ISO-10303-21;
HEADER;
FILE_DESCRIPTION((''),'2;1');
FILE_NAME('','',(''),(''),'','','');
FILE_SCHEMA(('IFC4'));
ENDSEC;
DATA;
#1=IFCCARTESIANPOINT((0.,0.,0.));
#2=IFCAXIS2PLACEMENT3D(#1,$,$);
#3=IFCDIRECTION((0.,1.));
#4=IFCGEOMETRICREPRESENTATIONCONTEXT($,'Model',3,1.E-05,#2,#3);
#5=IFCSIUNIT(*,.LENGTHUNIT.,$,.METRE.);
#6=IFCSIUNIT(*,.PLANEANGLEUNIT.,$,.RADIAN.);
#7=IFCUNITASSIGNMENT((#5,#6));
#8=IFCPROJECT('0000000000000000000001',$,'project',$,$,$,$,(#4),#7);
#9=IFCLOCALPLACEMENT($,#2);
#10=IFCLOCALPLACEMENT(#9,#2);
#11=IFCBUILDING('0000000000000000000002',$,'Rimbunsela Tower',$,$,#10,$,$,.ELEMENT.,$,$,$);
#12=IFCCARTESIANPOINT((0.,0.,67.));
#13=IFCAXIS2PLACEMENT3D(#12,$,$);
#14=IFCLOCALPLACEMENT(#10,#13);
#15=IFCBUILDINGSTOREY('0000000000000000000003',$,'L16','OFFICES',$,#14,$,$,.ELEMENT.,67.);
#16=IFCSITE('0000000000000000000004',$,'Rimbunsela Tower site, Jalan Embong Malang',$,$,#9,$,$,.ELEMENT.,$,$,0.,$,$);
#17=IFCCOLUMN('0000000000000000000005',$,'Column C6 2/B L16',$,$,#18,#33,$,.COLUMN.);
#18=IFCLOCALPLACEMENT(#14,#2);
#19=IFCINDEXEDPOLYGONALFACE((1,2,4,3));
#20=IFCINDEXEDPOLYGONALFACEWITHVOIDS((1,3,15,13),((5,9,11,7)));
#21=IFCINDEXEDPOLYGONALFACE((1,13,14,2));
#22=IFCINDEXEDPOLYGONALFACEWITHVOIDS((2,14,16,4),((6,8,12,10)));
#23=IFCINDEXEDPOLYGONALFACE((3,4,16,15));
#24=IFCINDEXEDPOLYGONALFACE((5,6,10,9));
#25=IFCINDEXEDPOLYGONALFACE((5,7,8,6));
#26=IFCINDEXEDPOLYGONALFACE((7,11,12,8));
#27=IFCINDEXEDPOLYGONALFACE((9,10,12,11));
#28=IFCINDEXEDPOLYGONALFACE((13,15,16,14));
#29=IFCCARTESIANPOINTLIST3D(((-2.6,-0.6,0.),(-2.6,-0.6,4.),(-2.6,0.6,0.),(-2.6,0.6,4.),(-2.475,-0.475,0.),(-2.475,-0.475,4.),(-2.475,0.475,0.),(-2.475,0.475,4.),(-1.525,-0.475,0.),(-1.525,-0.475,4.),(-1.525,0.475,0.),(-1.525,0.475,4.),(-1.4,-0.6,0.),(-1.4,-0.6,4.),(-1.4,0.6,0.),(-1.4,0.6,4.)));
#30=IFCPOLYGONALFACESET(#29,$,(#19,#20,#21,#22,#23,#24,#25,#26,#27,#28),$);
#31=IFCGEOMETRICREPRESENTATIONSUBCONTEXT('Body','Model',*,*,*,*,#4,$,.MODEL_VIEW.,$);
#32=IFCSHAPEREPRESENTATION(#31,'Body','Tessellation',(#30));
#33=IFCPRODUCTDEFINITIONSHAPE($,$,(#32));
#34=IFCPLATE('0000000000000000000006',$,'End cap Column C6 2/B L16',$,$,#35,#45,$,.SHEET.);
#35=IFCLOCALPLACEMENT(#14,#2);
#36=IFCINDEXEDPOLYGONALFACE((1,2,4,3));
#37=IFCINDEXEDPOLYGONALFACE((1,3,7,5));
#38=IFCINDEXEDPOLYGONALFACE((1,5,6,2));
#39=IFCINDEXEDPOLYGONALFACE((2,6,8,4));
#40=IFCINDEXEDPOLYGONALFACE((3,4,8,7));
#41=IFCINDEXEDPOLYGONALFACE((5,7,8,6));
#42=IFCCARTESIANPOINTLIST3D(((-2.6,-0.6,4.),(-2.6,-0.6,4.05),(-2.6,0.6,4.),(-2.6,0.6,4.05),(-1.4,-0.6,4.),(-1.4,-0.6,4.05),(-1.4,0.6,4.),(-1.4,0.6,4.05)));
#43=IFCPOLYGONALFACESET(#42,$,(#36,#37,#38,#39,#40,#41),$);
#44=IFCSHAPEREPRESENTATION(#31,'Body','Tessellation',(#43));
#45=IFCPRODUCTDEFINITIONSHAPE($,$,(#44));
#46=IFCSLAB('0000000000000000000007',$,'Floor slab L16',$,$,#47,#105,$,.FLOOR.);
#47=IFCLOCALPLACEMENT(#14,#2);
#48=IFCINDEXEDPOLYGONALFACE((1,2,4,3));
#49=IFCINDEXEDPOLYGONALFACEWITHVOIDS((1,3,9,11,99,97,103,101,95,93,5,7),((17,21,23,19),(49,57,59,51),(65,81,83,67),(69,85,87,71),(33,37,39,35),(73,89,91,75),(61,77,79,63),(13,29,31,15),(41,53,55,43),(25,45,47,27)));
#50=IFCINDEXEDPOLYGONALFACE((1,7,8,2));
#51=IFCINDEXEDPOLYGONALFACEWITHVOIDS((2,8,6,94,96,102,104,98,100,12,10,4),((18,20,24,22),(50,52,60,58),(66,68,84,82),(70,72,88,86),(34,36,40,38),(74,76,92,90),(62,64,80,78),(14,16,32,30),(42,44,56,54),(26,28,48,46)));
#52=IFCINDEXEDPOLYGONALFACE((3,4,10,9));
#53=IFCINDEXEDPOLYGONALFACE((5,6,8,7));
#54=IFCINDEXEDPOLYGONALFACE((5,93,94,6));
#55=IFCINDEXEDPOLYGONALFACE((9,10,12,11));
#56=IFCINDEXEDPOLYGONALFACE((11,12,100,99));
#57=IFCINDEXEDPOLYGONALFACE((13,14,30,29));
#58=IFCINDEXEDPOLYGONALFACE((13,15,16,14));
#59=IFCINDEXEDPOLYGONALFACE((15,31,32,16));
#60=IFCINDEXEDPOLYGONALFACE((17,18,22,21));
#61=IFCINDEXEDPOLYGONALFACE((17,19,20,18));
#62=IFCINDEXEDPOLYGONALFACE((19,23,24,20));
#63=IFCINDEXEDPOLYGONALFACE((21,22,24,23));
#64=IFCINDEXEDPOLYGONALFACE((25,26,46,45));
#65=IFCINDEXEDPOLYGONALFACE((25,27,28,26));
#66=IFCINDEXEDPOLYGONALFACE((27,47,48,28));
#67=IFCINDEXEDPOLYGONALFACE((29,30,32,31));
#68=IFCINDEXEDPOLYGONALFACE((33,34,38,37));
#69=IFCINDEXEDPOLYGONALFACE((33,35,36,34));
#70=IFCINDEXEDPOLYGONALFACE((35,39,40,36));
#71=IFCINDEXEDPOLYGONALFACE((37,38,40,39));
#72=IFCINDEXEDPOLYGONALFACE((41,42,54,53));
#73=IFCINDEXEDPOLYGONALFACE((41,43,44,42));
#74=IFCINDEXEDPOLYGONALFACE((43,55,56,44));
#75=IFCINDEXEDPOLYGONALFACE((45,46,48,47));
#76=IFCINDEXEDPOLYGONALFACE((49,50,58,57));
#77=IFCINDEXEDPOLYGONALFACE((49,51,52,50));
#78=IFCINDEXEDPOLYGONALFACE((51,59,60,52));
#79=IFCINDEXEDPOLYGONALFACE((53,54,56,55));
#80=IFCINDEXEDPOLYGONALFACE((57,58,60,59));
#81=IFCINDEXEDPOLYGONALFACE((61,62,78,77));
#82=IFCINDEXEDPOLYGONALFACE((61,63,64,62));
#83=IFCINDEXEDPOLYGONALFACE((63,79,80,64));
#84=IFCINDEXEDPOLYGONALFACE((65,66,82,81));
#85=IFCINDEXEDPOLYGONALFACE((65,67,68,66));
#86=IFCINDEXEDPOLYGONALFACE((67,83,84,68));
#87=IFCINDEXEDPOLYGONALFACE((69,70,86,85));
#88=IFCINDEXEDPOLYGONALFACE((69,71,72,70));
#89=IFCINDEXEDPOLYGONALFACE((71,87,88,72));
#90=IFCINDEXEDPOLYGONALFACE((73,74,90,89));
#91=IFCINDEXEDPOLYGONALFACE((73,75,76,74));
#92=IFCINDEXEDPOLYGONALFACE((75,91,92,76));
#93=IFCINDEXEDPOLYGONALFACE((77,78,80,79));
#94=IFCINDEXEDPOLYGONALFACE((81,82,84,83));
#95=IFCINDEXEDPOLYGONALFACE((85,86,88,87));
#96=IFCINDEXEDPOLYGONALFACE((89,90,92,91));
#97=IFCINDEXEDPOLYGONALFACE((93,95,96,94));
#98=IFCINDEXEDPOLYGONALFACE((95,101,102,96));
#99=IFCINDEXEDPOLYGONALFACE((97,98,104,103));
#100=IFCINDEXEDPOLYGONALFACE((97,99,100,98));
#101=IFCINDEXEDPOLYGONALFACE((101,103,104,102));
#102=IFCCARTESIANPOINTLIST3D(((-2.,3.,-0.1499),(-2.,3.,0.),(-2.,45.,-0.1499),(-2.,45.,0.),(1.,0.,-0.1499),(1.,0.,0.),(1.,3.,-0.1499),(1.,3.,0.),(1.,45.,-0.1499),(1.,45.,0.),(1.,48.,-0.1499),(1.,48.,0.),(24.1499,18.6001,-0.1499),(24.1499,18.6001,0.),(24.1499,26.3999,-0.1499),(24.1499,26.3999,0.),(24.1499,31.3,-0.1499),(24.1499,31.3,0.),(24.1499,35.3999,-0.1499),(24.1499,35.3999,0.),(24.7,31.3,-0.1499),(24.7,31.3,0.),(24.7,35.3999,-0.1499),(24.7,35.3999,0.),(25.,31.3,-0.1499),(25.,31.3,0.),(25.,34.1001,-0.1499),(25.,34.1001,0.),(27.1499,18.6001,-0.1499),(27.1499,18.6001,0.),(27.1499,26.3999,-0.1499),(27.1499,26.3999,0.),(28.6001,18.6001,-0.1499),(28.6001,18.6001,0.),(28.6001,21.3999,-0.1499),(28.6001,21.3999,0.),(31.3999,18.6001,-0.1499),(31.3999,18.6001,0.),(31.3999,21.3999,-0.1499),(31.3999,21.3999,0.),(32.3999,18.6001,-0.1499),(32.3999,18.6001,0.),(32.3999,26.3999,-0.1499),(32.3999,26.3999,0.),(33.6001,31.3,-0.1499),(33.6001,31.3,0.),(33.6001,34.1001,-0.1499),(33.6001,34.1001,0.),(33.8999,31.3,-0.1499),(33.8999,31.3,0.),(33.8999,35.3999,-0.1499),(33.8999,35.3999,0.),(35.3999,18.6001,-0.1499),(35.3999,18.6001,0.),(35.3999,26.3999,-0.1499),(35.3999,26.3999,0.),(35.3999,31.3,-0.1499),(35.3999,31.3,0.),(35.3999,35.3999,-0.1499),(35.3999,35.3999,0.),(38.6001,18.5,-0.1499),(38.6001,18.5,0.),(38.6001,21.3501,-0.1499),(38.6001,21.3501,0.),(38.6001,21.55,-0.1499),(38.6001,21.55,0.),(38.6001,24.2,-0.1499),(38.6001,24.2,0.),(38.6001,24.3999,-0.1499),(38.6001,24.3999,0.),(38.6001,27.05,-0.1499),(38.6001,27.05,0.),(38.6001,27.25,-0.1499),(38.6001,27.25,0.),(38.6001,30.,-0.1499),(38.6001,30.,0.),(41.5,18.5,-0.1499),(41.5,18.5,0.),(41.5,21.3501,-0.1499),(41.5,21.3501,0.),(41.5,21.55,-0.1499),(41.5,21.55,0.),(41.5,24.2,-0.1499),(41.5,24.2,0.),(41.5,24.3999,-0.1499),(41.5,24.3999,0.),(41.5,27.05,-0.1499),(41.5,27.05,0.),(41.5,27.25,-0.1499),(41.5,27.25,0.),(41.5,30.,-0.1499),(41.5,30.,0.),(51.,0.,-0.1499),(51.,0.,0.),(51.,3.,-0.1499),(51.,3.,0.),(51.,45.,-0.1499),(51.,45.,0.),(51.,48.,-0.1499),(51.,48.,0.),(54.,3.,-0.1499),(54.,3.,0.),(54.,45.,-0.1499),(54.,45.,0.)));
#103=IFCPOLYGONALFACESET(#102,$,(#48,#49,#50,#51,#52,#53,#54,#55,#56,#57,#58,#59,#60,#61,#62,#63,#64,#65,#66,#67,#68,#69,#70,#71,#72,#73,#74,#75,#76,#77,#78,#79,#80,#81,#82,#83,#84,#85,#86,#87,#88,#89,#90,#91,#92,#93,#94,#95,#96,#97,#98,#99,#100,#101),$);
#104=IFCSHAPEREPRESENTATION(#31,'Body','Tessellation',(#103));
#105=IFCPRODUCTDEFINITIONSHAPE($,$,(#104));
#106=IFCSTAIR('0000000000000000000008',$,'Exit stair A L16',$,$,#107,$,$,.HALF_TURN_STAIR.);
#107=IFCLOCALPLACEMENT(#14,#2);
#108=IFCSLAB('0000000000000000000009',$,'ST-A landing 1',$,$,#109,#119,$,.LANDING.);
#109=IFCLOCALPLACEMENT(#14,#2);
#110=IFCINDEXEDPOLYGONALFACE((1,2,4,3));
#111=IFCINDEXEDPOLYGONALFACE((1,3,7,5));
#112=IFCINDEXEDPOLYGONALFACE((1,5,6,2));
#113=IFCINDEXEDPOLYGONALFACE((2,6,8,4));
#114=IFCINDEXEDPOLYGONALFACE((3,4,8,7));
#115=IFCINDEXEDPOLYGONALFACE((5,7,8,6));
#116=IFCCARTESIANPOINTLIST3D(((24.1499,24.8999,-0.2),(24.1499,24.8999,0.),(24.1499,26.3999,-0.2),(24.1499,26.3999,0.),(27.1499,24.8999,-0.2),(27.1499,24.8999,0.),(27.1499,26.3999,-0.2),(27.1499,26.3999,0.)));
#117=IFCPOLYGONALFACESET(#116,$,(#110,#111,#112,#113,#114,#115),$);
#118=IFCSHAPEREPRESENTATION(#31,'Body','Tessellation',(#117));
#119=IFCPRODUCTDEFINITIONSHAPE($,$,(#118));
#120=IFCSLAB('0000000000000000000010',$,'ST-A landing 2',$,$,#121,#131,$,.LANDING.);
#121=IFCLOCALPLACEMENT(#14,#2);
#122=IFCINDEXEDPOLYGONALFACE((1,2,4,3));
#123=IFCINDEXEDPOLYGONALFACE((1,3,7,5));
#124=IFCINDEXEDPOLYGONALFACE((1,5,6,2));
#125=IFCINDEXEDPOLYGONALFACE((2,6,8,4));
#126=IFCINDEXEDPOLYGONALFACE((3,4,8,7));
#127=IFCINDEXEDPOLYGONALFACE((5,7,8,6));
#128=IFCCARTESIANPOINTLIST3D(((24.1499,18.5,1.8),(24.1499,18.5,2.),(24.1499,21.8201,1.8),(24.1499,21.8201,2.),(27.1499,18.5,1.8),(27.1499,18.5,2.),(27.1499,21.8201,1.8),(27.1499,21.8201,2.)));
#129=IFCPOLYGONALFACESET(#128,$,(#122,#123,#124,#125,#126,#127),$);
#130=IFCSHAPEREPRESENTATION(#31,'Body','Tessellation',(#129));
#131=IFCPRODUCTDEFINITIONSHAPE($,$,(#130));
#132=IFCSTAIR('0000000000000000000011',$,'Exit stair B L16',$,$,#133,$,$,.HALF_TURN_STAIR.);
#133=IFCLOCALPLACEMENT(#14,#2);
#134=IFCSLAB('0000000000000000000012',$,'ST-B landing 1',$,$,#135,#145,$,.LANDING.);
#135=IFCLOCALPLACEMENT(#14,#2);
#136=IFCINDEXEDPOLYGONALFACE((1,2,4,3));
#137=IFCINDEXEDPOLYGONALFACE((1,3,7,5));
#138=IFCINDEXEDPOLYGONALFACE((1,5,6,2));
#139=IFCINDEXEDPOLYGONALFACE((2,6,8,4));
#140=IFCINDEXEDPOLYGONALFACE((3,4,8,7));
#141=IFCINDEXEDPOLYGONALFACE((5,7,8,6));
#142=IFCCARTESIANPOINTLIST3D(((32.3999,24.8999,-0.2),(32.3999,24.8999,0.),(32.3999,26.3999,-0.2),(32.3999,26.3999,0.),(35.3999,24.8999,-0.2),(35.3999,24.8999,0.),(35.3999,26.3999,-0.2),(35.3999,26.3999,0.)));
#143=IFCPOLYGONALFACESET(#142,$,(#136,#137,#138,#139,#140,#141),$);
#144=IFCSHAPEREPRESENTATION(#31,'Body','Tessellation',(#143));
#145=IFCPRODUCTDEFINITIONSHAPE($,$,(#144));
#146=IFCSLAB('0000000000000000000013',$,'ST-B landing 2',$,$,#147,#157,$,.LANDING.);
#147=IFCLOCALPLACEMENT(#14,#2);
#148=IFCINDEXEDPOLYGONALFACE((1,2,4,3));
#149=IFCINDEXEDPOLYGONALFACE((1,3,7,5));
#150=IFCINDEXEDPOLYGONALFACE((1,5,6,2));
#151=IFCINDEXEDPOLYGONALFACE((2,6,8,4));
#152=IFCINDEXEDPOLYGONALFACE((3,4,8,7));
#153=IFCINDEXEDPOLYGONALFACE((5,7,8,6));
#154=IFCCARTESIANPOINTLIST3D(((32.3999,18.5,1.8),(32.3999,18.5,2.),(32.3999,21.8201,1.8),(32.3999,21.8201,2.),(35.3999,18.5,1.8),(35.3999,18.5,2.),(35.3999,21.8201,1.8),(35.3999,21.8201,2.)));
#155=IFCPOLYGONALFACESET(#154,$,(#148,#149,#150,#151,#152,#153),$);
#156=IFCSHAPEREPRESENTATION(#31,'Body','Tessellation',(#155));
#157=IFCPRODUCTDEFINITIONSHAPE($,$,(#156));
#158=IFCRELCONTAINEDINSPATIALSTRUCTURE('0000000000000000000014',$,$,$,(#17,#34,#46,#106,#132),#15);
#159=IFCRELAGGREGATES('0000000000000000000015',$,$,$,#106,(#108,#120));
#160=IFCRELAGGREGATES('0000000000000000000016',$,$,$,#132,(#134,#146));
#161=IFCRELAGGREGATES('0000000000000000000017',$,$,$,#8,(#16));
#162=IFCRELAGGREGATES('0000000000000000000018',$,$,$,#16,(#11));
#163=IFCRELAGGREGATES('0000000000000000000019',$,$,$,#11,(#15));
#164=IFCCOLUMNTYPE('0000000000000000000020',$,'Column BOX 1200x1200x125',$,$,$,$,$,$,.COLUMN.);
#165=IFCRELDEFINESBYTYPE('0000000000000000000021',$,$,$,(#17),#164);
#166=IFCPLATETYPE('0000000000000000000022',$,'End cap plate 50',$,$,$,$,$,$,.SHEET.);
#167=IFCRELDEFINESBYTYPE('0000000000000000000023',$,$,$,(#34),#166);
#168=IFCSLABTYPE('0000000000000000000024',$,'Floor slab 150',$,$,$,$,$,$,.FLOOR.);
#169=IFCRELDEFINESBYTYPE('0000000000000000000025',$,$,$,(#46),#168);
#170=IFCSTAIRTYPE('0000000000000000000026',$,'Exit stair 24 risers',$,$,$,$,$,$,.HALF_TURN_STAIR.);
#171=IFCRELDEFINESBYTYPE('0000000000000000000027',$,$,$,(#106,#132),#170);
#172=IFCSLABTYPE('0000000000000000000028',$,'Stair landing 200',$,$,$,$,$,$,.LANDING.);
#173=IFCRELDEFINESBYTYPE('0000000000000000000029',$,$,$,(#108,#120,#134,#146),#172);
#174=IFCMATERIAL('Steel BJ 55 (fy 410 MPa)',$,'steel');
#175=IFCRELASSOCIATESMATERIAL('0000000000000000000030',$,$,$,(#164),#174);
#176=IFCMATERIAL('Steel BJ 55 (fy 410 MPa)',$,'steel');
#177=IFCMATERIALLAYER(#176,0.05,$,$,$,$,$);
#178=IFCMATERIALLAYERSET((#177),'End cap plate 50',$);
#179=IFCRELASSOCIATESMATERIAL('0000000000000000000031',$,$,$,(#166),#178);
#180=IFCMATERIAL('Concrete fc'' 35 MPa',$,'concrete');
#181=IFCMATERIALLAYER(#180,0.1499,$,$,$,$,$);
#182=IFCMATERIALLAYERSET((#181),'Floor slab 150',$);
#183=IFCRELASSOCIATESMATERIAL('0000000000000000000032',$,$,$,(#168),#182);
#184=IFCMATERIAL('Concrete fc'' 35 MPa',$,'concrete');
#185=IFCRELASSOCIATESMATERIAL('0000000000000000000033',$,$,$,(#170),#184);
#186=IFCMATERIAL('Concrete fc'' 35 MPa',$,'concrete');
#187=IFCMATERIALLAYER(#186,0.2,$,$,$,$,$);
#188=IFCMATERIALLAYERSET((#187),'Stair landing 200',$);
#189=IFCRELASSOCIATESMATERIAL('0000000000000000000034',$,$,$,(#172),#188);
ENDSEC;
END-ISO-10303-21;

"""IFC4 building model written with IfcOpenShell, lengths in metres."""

from ifc_helpers import new_model, si_unit, direction, frame, origin, origin_2d, place, context, subcontext, project, spatial, polyline, rectangle, hollow_rectangle, outline, extrude, material, layer, layer_set, material_profile, profile_set, type_object, element, aggregate, save


model = new_model("IFC4")

# Units and contexts
model_context = context("Model", 3, precision=1e-05, world=origin(), true_north=direction((0.0, 1.0)))
body_context = subcontext(model_context, "Body", "Model", "MODEL_VIEW")
ifc_project = project(units=[si_unit("LENGTHUNIT", "METRE"), si_unit("PLANEANGLEUNIT", "RADIAN")], contexts=[model_context])

# Site, building, storey
site_placement = place(None, origin())
site = spatial("IfcSite", under=ifc_project, at=site_placement, Name="Rimbunsela Tower site, Jalan Embong Malang", CompositionType="ELEMENT", RefElevation=0.0)
building_placement = place(site_placement, origin())
building = spatial("IfcBuilding", under=site, at=building_placement, Name="Rimbunsela Tower", CompositionType="ELEMENT")
storey_placement = place(building_placement, frame((0.0, 0.0, 67.0)))
storey = spatial("IfcBuildingStorey", under=building, at=storey_placement, Name="L16", Description="OFFICES", CompositionType="ELEMENT", Elevation=67.0)

# Column
ifc_material_1 = material(Name="Steel BJ 55 (fy 410 MPa)", Category="steel")
ifc_material_profile = material_profile(ifc_material_1, hollow_rectangle(XDim=1.2, YDim=1.2, WallThickness=0.125, at=origin_2d()), Name="BOX 1200x1200x125")
ifc_profile_set = profile_set([ifc_material_profile], Name="Steel BJ 55 (fy 410 MPa)")
column_type = type_object("IfcColumnType", Name="Column BOX 1200x1200x125", PredefinedType="COLUMN", material=ifc_profile_set)
column_placement = place(storey_placement, frame((-2.0, 0.0, 0.0), z_axis=(0.0, 0.0, 1.0), x_axis=(1.0, 0.0, 0.0)))
element("IfcColumn", 1, at=column_placement, inside=storey, type_object=column_type, Name="Column C6 2/B L16", PredefinedType="COLUMN", context=body_context, shape_type="SweptSolid", body=[
    extrude(hollow_rectangle(XDim=1.2, YDim=1.2, WallThickness=0.125, at=origin_2d()), origin(), (0.0, 0.0, 1.0), 4.0),
])

# Plate
ifc_material_2 = material(Name="Steel BJ 55 (fy 410 MPa)", Category="steel")
ifc_layer_1 = layer(ifc_material_2, 0.05)
ifc_layer_set_1 = layer_set([ifc_layer_1], Name="End cap plate 50")
plate_type = type_object("IfcPlateType", Name="End cap plate 50", PredefinedType="SHEET", material=ifc_layer_set_1)
plate_placement = place(storey_placement, frame((-2.0, 0.0, 4.0), z_axis=(0.0, 0.0, 1.0), x_axis=(1.0, 0.0, 0.0)))
element("IfcPlate", 2, at=plate_placement, inside=storey, type_object=plate_type, Name="End cap Column C6 2/B L16", PredefinedType="SHEET", context=body_context, shape_type="SweptSolid", body=[
    extrude(rectangle(XDim=1.2, YDim=1.2, at=origin_2d()), origin(), (0.0, 0.0, 1.0), 0.05),
])

# Slab
ifc_material_3 = material(Name="Concrete fc' 35 MPa", Category="concrete")
ifc_layer_2 = layer(ifc_material_3, 0.1499)
ifc_layer_set_2 = layer_set([ifc_layer_2], Name="Floor slab 150")
slab_type_1 = type_object("IfcSlabType", Name="Floor slab 150", PredefinedType="FLOOR", material=ifc_layer_set_2)
slab_1_placement = place(storey_placement, frame((0.0, 0.0, -0.1499)))
element("IfcSlab", 3, at=slab_1_placement, inside=storey, type_object=slab_type_1, Name="Floor slab L16", PredefinedType="FLOOR", context=body_context, shape_type="SweptSolid", body=[
    extrude(outline(polyline([(1.0, 0.0), (51.0, 0.0), (51.0, 3.0), (54.0, 3.0), (54.0, 45.0), (51.0, 45.0), (51.0, 48.0), (1.0, 48.0), (1.0, 45.0), (-2.0, 45.0), (-2.0, 3.0), (1.0, 3.0), (1.0, 0.0)]), holes=[polyline([(27.1499, 18.6001), (27.1499, 26.3999), (24.1499, 26.3999), (24.1499, 18.6001), (27.1499, 18.6001)]), polyline([(24.7, 31.3), (24.7, 35.3999), (24.1499, 35.3999), (24.1499, 31.3), (24.7, 31.3)]), polyline([(25.0, 34.1001), (25.0, 31.3), (33.6001, 31.3), (33.6001, 34.1001), (25.0, 34.1001)]), polyline([(31.3999, 21.3999), (28.6001, 21.3999), (28.6001, 18.6001), (31.3999, 18.6001), (31.3999, 21.3999)]), polyline([(35.3999, 18.6001), (35.3999, 26.3999), (32.3999, 26.3999), (32.3999, 18.6001), (35.3999, 18.6001)]), polyline([(35.3999, 31.3), (35.3999, 35.3999), (33.8999, 35.3999), (33.8999, 31.3), (35.3999, 31.3)]), polyline([(41.5, 21.3501), (38.6001, 21.3501), (38.6001, 18.5), (41.5, 18.5), (41.5, 21.3501)]), polyline([(41.5, 21.55), (41.5, 24.2), (38.6001, 24.2), (38.6001, 21.55), (41.5, 21.55)]), polyline([(41.5, 27.05), (38.6001, 27.05), (38.6001, 24.3999), (41.5, 24.3999), (41.5, 27.05)]), polyline([(41.5, 27.25), (41.5, 30.0), (38.6001, 30.0), (38.6001, 27.25), (41.5, 27.25)])]), origin(), (0.0, 0.0, 1.0), 0.1499),
])

# Stairs, slabs
ifc_material_4 = material(Name="Concrete fc' 35 MPa", Category="concrete")
stair_type = type_object("IfcStairType", Name="Exit stair 24 risers", PredefinedType="HALF_TURN_STAIR", material=ifc_material_4)
stair_1_placement = place(storey_placement, origin())
stair_1 = element("IfcStair", 4, at=stair_1_placement, inside=storey, type_object=stair_type, Name="Exit stair A L16", PredefinedType="HALF_TURN_STAIR")
ifc_material_5 = material(Name="Concrete fc' 35 MPa", Category="concrete")
ifc_layer_3 = layer(ifc_material_5, 0.2)
ifc_layer_set_3 = layer_set([ifc_layer_3], Name="Stair landing 200")
slab_type_2 = type_object("IfcSlabType", Name="Stair landing 200", PredefinedType="LANDING", material=ifc_layer_set_3)
slab_2_placement = place(storey_placement, frame((0.0, 0.0, -0.2)))
slab_2 = element("IfcSlab", 5, at=slab_2_placement, type_object=slab_type_2, Name="ST-A landing 1", PredefinedType="LANDING", context=body_context, shape_type="SweptSolid", body=[
    extrude(outline(polyline([(24.1499, 24.8999), (27.1499, 24.8999), (27.1499, 26.3999), (24.1499, 26.3999), (24.1499, 24.8999)])), origin(), (0.0, 0.0, 1.0), 0.2),
])
slab_3_placement = place(storey_placement, frame((0.0, 0.0, 1.8)))
slab_3 = element("IfcSlab", 6, at=slab_3_placement, type_object=slab_type_2, Name="ST-A landing 2", PredefinedType="LANDING", context=body_context, shape_type="SweptSolid", body=[
    extrude(outline(polyline([(24.1499, 18.5), (27.1499, 18.5), (27.1499, 21.8201), (24.1499, 21.8201), (24.1499, 18.5)])), origin(), (0.0, 0.0, 1.0), 0.2),
])
aggregate(stair_1, [slab_2, slab_3])
stair_2_placement = place(storey_placement, origin())
stair_2 = element("IfcStair", 7, at=stair_2_placement, inside=storey, type_object=stair_type, Name="Exit stair B L16", PredefinedType="HALF_TURN_STAIR")
slab_4_placement = place(storey_placement, frame((0.0, 0.0, -0.2)))
slab_4 = element("IfcSlab", 8, at=slab_4_placement, type_object=slab_type_2, Name="ST-B landing 1", PredefinedType="LANDING", context=body_context, shape_type="SweptSolid", body=[
    extrude(outline(polyline([(32.3999, 24.8999), (35.3999, 24.8999), (35.3999, 26.3999), (32.3999, 26.3999), (32.3999, 24.8999)])), origin(), (0.0, 0.0, 1.0), 0.2),
])
slab_5_placement = place(storey_placement, frame((0.0, 0.0, 1.8)))
slab_5 = element("IfcSlab", 9, at=slab_5_placement, type_object=slab_type_2, Name="ST-B landing 2", PredefinedType="LANDING", context=body_context, shape_type="SweptSolid", body=[
    extrude(outline(polyline([(32.3999, 18.5), (35.3999, 18.5), (35.3999, 21.8201), (32.3999, 21.8201), (32.3999, 18.5)])), origin(), (0.0, 0.0, 1.0), 0.2),
])
aggregate(stair_2, [slab_4, slab_5])

save(model, "model.ifc")
